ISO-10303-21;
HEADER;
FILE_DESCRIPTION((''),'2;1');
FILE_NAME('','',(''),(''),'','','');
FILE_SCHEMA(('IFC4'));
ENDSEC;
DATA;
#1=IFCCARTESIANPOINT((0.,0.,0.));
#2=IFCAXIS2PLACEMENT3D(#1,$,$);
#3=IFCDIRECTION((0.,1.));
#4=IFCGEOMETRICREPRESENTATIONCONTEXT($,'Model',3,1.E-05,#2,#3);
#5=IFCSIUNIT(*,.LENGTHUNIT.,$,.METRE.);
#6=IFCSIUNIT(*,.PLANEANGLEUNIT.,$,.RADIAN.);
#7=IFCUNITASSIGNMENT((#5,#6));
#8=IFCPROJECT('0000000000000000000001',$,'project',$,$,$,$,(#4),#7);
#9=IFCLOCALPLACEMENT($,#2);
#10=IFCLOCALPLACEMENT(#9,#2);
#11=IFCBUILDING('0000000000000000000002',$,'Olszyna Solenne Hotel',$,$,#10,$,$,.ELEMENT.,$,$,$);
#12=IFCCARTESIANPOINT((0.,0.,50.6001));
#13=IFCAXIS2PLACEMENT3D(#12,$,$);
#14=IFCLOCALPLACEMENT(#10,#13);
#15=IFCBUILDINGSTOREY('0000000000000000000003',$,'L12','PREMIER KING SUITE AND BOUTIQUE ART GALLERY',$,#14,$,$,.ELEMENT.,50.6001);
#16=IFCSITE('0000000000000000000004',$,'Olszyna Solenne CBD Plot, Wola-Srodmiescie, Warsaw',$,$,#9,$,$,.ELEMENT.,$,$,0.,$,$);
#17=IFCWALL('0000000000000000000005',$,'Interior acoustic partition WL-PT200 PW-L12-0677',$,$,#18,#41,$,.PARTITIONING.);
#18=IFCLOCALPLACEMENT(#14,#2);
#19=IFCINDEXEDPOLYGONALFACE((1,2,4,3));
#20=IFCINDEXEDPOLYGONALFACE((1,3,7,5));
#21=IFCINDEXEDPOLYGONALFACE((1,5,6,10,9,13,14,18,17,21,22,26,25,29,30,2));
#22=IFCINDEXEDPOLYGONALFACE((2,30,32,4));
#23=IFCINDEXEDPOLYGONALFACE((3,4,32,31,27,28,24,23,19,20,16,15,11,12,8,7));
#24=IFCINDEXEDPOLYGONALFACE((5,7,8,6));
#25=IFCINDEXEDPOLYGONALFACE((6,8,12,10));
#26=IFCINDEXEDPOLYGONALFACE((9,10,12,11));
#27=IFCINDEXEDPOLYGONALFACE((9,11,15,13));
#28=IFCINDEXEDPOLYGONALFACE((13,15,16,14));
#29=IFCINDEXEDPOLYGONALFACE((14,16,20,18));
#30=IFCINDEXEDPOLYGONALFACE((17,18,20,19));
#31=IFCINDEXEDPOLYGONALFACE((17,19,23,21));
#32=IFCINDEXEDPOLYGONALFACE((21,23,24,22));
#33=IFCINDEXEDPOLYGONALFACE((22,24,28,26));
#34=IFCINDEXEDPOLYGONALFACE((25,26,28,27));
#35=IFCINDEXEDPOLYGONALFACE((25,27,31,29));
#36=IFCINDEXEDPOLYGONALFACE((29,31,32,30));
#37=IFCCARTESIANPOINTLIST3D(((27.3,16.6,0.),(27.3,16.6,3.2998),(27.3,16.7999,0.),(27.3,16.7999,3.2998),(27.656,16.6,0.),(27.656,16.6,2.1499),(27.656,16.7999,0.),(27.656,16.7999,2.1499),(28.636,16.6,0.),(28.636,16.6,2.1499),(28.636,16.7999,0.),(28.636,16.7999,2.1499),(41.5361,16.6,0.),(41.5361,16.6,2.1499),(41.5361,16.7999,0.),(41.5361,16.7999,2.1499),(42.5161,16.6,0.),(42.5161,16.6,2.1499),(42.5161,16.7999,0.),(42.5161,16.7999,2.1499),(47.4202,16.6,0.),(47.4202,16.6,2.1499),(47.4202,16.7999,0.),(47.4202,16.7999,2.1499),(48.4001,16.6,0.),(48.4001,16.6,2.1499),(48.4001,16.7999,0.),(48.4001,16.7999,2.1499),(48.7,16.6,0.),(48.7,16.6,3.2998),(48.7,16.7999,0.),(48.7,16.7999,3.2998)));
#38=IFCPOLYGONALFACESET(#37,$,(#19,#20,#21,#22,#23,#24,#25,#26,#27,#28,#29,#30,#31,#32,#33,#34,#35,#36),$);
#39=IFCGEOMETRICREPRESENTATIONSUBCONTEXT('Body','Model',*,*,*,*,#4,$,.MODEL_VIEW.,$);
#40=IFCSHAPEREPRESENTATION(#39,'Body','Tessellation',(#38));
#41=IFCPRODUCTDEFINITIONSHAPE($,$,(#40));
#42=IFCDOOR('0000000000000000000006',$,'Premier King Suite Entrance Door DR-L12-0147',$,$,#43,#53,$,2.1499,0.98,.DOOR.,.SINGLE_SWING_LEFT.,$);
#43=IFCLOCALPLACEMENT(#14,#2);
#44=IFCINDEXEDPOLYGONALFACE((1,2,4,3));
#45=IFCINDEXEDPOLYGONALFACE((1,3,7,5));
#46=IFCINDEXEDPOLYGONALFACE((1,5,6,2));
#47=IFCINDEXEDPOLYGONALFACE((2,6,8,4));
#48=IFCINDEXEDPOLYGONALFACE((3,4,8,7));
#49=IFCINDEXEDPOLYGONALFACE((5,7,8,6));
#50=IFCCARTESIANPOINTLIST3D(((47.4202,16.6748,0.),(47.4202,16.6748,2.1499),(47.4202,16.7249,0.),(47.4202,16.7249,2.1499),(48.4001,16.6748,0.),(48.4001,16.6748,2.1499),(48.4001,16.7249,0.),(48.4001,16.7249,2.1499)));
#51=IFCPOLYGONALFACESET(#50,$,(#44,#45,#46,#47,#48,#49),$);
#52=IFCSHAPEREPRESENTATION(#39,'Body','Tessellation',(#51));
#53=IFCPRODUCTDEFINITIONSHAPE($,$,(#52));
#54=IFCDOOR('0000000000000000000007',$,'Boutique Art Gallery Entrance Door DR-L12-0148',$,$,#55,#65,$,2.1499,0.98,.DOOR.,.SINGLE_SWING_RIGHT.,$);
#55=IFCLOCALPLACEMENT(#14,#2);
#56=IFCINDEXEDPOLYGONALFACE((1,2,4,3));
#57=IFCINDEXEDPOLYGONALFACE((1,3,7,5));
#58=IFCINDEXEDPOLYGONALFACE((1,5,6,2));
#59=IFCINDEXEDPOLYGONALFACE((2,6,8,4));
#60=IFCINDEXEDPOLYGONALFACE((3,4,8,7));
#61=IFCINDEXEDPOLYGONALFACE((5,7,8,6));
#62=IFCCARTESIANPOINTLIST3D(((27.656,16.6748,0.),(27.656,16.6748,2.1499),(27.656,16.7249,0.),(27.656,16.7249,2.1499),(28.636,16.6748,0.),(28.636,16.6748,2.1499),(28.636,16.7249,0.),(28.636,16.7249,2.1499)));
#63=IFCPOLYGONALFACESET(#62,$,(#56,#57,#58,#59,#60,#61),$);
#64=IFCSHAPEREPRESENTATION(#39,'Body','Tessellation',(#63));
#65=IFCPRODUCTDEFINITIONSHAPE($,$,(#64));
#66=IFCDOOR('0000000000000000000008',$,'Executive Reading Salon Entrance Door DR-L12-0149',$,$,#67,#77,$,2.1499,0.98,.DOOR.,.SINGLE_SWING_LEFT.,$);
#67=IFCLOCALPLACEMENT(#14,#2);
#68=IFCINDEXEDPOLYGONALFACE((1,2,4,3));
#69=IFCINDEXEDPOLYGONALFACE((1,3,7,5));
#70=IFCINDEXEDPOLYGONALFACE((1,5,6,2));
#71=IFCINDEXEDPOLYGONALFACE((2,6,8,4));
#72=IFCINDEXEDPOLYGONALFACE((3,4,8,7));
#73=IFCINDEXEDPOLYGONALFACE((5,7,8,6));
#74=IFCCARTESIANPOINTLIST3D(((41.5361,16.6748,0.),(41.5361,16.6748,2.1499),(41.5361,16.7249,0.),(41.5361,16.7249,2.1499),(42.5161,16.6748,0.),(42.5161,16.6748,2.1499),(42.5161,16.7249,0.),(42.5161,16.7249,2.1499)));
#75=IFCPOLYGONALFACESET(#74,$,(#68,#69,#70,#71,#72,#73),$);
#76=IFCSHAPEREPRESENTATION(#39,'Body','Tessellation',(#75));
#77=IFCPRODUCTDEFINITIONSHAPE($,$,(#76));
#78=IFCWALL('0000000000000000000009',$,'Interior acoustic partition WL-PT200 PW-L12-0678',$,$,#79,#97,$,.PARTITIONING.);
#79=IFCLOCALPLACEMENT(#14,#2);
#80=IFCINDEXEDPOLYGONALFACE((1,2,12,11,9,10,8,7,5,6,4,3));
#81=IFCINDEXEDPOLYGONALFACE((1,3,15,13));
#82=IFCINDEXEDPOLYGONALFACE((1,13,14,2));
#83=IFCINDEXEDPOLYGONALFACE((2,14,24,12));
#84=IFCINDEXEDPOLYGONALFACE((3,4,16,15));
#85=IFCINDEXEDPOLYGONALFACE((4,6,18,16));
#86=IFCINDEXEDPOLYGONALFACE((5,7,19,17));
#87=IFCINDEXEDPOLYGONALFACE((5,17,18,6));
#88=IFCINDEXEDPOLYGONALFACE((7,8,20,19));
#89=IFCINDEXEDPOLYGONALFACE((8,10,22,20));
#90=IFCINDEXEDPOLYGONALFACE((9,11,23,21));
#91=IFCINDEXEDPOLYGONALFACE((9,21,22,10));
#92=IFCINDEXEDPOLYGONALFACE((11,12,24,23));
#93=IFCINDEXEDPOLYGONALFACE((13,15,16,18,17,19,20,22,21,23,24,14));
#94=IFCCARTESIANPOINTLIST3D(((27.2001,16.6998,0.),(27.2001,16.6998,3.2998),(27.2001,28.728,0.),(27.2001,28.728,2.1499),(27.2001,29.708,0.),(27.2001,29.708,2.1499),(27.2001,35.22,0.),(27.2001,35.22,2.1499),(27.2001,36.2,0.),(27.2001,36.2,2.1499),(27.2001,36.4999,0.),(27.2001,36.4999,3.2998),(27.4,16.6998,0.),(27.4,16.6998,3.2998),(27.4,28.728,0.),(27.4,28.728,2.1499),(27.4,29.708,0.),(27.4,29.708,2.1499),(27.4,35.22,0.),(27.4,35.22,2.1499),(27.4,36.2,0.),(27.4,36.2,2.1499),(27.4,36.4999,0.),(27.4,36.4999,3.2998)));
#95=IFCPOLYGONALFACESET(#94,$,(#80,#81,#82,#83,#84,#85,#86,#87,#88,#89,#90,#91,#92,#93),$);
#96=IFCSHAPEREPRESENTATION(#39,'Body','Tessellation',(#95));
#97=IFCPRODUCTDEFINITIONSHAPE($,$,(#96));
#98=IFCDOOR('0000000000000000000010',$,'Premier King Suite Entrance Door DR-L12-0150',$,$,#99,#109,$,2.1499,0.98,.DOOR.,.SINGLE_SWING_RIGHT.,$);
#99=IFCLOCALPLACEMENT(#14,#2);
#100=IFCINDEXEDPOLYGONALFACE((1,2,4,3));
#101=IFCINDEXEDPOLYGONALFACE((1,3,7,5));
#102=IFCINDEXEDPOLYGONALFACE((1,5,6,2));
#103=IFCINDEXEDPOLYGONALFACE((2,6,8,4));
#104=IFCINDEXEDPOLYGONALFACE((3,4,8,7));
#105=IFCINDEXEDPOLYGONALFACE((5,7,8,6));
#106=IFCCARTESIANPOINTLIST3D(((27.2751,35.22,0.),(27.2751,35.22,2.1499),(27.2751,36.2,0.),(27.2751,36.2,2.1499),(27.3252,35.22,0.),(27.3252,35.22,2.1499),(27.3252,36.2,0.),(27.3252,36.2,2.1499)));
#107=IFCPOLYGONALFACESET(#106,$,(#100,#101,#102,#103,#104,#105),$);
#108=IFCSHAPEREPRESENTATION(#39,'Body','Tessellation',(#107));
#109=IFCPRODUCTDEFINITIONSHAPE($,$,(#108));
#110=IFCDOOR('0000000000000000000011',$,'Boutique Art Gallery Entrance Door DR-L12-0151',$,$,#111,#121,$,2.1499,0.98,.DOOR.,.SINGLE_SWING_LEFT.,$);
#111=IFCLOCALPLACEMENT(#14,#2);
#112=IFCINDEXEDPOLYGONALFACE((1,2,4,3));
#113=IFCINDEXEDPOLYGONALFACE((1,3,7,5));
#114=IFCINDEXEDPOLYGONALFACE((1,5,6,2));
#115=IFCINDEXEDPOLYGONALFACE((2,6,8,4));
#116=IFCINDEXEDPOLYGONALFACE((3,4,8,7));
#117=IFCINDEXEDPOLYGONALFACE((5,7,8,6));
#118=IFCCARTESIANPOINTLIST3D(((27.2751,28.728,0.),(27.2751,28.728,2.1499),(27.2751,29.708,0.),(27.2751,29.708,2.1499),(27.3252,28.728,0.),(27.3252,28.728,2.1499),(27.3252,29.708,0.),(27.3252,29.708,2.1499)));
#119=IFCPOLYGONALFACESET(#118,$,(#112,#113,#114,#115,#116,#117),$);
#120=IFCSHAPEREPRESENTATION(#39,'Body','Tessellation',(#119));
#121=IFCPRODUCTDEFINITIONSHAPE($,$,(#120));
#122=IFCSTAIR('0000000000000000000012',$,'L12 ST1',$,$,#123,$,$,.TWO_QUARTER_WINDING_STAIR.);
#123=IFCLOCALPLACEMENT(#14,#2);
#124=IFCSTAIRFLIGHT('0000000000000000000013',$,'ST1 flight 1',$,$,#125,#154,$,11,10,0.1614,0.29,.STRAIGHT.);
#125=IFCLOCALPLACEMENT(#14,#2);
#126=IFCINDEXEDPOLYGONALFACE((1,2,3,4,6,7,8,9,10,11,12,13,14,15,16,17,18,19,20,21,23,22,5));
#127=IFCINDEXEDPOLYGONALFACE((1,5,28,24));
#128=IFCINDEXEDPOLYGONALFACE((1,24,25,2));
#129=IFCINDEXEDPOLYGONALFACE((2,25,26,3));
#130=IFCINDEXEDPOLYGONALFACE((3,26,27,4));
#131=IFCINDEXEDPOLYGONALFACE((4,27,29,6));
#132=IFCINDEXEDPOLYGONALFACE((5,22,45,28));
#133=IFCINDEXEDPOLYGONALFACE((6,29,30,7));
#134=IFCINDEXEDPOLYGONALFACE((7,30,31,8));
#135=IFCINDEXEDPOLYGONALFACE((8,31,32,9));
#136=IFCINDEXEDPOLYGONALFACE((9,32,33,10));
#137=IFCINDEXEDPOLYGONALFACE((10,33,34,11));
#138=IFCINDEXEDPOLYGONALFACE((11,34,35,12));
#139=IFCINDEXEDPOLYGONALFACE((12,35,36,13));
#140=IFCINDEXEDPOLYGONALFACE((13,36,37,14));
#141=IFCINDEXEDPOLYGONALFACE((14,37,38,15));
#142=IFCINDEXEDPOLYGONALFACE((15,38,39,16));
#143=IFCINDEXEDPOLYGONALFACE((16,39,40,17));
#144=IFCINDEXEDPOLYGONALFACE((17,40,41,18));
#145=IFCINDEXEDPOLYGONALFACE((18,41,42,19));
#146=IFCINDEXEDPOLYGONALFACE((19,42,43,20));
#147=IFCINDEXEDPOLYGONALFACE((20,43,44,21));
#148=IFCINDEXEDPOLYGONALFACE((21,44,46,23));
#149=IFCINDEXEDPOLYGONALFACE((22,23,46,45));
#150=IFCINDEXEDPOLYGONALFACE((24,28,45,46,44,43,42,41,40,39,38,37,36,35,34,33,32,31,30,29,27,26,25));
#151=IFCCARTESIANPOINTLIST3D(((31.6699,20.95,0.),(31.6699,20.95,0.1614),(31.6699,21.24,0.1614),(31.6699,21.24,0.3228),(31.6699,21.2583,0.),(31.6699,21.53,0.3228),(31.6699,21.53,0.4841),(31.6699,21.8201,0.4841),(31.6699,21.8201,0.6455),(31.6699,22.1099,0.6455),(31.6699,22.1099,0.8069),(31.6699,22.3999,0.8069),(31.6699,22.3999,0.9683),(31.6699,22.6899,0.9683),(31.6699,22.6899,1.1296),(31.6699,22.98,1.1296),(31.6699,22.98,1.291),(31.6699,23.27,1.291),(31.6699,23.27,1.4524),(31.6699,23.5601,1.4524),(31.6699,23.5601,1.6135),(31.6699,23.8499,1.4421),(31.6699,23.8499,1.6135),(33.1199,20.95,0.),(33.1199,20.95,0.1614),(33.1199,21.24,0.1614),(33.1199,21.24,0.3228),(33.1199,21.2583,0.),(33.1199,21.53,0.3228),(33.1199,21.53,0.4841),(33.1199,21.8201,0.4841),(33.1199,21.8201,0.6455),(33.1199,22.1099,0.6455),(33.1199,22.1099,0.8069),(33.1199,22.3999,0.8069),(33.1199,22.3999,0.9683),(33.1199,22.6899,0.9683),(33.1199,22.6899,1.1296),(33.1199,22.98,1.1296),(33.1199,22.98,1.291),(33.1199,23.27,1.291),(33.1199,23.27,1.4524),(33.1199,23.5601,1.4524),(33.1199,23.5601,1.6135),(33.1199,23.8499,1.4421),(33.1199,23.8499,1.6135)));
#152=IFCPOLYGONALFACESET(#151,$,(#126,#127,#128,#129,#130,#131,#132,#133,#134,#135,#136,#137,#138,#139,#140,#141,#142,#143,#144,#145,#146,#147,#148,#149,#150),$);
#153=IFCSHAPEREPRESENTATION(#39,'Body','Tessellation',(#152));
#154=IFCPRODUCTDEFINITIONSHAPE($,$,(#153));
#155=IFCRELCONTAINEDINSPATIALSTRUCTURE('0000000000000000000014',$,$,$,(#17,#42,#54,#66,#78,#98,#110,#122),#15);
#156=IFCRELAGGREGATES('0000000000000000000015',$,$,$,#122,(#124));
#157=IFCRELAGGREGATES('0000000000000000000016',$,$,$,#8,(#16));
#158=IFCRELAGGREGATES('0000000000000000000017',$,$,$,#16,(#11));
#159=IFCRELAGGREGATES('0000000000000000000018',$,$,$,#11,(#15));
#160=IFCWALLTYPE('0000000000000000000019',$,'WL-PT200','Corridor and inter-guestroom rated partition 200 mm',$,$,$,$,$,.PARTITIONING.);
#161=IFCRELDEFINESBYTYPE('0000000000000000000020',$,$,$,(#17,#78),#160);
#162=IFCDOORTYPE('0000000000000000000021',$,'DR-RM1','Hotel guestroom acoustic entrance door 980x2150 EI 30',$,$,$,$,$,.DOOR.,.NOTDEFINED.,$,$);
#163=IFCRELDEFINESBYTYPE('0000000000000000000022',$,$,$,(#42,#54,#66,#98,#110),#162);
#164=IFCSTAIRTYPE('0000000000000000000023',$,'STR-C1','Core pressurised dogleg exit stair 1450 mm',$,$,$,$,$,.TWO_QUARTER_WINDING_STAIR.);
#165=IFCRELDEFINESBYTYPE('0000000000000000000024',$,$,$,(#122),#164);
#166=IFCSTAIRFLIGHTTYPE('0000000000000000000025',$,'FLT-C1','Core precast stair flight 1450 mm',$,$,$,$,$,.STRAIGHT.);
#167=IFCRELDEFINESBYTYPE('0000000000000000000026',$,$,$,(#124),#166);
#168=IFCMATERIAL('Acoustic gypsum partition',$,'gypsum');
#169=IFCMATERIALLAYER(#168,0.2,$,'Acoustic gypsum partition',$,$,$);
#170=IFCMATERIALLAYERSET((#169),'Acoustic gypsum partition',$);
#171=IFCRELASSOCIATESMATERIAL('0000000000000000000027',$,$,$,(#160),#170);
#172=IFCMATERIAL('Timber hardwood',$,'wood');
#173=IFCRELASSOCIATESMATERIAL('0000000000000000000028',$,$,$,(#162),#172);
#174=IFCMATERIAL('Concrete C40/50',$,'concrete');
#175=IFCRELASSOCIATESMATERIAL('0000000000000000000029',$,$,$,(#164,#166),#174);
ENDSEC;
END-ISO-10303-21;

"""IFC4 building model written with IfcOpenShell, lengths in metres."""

from ifc_helpers import new_model, si_unit, direction, frame, frame_2d, origin, place, context, subcontext, project, spatial, polyline, rectangle, outline, extrude, source, transform, mapped, material, layer, layer_set, type_object, type_shapes, element, fill, aggregate, save


model = new_model("IFC4")

# Units and contexts
model_context = context("Model", 3, precision=1e-05, world=origin(), true_north=direction((0.0, 1.0)))
body_context = subcontext(model_context, "Body", "Model", "MODEL_VIEW")
ifc_project = project(units=[si_unit("LENGTHUNIT", "METRE"), si_unit("PLANEANGLEUNIT", "RADIAN")], contexts=[model_context])

# Site, building, storey
site_placement = place(None, origin())
site = spatial("IfcSite", under=ifc_project, at=site_placement, Name="Olszyna Solenne CBD Plot, Wola-Srodmiescie, Warsaw", CompositionType="ELEMENT", RefElevation=0.0)
building_placement = place(site_placement, origin())
building = spatial("IfcBuilding", under=site, at=building_placement, Name="Olszyna Solenne Hotel", CompositionType="ELEMENT")
storey_placement = place(building_placement, frame((0.0, 0.0, 50.6001)))
storey = spatial("IfcBuildingStorey", under=building, at=storey_placement, Name="L12", Description="PREMIER KING SUITE AND BOUTIQUE ART GALLERY", CompositionType="ELEMENT", Elevation=50.6001)

# Shared definitions
ifc_material_1 = material(Name="Timber hardwood", Category="wood")
ifc_material_2 = material(Name="Acoustic gypsum partition", Category="gypsum")

# Shared definitions
ifc_layer_1 = layer(ifc_material_2, 0.2, Name="Acoustic gypsum partition")
ifc_layer_set_1 = layer_set([ifc_layer_1], Name="Acoustic gypsum partition")
wall_type_1 = type_object("IfcWallType", Name="WL-PT200", Description="Corridor and inter-guestroom rated partition 200 mm", PredefinedType="PARTITIONING", material=ifc_layer_set_1)

# Walls, openings, doors
wall_1_placement = place(storey_placement, frame((27.3, 16.7, 0.0), z_axis=(0.0, 0.0, 1.0), x_axis=(1.0, 0.0, 0.0)))
wall_1 = element("IfcWall", 1, at=wall_1_placement, inside=storey, type_object=wall_type_1, Name="Interior acoustic partition WL-PT200 PW-L12-0677", PredefinedType="PARTITIONING", context=body_context, shape_type="SweptSolid", body=[
    extrude(rectangle(XDim=21.3999, YDim=0.2, at=frame_2d((10.7, 0.0))), origin(), (0.0, 0.0, 1.0), 3.2998),
])
opening_1_placement = place(wall_1_placement, frame((20.1201, 0.0, 0.0)))
opening_1 = element("IfcOpeningElement", 2, at=opening_1_placement, cuts=wall_1, PredefinedType="OPENING", context=body_context, shape_type="SweptSolid", body=[
    extrude(rectangle(XDim=0.98, YDim=2.1499, at=frame_2d((0.49, 1.075))), frame((0.0, 0.1099, 0.0), z_axis=(0.0, -1.0, 0.0), x_axis=(1.0, 0.0, 0.0)), (0.0, 0.0, 1.0), 0.22),
])
opening_2_placement = place(wall_1_placement, frame((0.356, 0.0, 0.0)))
opening_2 = element("IfcOpeningElement", 3, at=opening_2_placement, cuts=wall_1, PredefinedType="OPENING", context=body_context, shape_type="SweptSolid", body=[
    extrude(rectangle(XDim=0.98, YDim=2.1499, at=frame_2d((0.49, 1.075))), frame((0.0, 0.1099, 0.0), z_axis=(0.0, -1.0, 0.0), x_axis=(1.0, 0.0, 0.0)), (0.0, 0.0, 1.0), 0.22),
])
opening_3_placement = place(wall_1_placement, frame((14.2361, 0.0, 0.0)))
opening_3 = element("IfcOpeningElement", 4, at=opening_3_placement, cuts=wall_1, PredefinedType="OPENING", context=body_context, shape_type="SweptSolid", body=[
    extrude(rectangle(XDim=0.98, YDim=2.1499, at=frame_2d((0.49, 1.075))), frame((0.0, 0.1099, 0.0), z_axis=(0.0, -1.0, 0.0), x_axis=(1.0, 0.0, 0.0)), (0.0, 0.0, 1.0), 0.22),
])
door_type_1 = type_object("IfcDoorType", Name="DR-RM1", Description="Hotel guestroom acoustic entrance door 980x2150 EI 30", OperationType="NOTDEFINED", PredefinedType="DOOR", material=ifc_material_1)
shared_shape_1 = source(origin(), body_context, "Body", "SweptSolid", [
    extrude(rectangle(XDim=0.98, YDim=2.1499, at=frame_2d((0.49, 1.075))), frame((0.0, 0.0249, 0.0), z_axis=(0.0, -1.0, 0.0), x_axis=(1.0, 0.0, 0.0)), (0.0, 0.0, 1.0), 0.05),
])
type_shapes(door_type_1, [shared_shape_1])
door_1_placement = place(opening_1_placement, origin())
door_1 = element("IfcDoor", 5, at=door_1_placement, inside=storey, type_object=door_type_1, Name="Premier King Suite Entrance Door DR-L12-0147", OperationType="SINGLE_SWING_LEFT", OverallHeight=2.1499, OverallWidth=0.98, PredefinedType="DOOR", context=body_context, shape_type="MappedRepresentation", body=[
    mapped(shared_shape_1, transform((0.0, 0.0, 0.0), x_axis=(1.0, 0.0, 0.0), y_axis=(0.0, 1.0, 0.0), z_axis=(0.0, 0.0, 1.0), scale=1.0)),
])
fill(opening_1, door_1)
door_2_placement = place(opening_2_placement, origin())
door_2 = element("IfcDoor", 6, at=door_2_placement, inside=storey, type_object=door_type_1, Name="Boutique Art Gallery Entrance Door DR-L12-0148", OperationType="SINGLE_SWING_RIGHT", OverallHeight=2.1499, OverallWidth=0.98, PredefinedType="DOOR", context=body_context, shape_type="MappedRepresentation", body=[
    mapped(shared_shape_1, transform((0.0, 0.0, 0.0), x_axis=(1.0, 0.0, 0.0), y_axis=(0.0, 1.0, 0.0), z_axis=(0.0, 0.0, 1.0), scale=1.0)),
])
fill(opening_2, door_2)
door_3_placement = place(opening_3_placement, origin())
door_3 = element("IfcDoor", 7, at=door_3_placement, inside=storey, type_object=door_type_1, Name="Executive Reading Salon Entrance Door DR-L12-0149", OperationType="SINGLE_SWING_LEFT", OverallHeight=2.1499, OverallWidth=0.98, PredefinedType="DOOR", context=body_context, shape_type="MappedRepresentation", body=[
    mapped(shared_shape_1, transform((0.0, 0.0, 0.0), x_axis=(1.0, 0.0, 0.0), y_axis=(0.0, 1.0, 0.0), z_axis=(0.0, 0.0, 1.0), scale=1.0)),
])
fill(opening_3, door_3)
wall_2_placement = place(storey_placement, frame((27.3, 16.7, 0.0), z_axis=(0.0, 0.0, 1.0), x_axis=(0.0, 1.0, 0.0)))
wall_2 = element("IfcWall", 8, at=wall_2_placement, inside=storey, type_object=wall_type_1, Name="Interior acoustic partition WL-PT200 PW-L12-0678", PredefinedType="PARTITIONING", context=body_context, shape_type="SweptSolid", body=[
    extrude(rectangle(XDim=19.8, YDim=0.2, at=frame_2d((9.8999, 0.0))), origin(), (0.0, 0.0, 1.0), 3.2998),
])
opening_4_placement = place(wall_2_placement, frame((18.52, 0.0, 0.0)))
opening_4 = element("IfcOpeningElement", 9, at=opening_4_placement, cuts=wall_2, PredefinedType="OPENING", context=body_context, shape_type="SweptSolid", body=[
    extrude(rectangle(XDim=0.98, YDim=2.1499, at=frame_2d((0.49, 1.075))), frame((0.0, 0.1099, 0.0), z_axis=(0.0, -1.0, 0.0), x_axis=(1.0, 0.0, 0.0)), (0.0, 0.0, 1.0), 0.22),
])
opening_5_placement = place(wall_2_placement, frame((12.0281, 0.0, 0.0)))
opening_5 = element("IfcOpeningElement", 10, at=opening_5_placement, cuts=wall_2, PredefinedType="OPENING", context=body_context, shape_type="SweptSolid", body=[
    extrude(rectangle(XDim=0.98, YDim=2.1499, at=frame_2d((0.49, 1.075))), frame((0.0, 0.1099, 0.0), z_axis=(0.0, -1.0, 0.0), x_axis=(1.0, 0.0, 0.0)), (0.0, 0.0, 1.0), 0.22),
])
door_4_placement = place(opening_4_placement, origin())
door_4 = element("IfcDoor", 11, at=door_4_placement, inside=storey, type_object=door_type_1, Name="Premier King Suite Entrance Door DR-L12-0150", OperationType="SINGLE_SWING_RIGHT", OverallHeight=2.1499, OverallWidth=0.98, PredefinedType="DOOR", context=body_context, shape_type="MappedRepresentation", body=[
    mapped(shared_shape_1, transform((0.0, 0.0, 0.0), x_axis=(1.0, 0.0, 0.0), y_axis=(0.0, 1.0, 0.0), z_axis=(0.0, 0.0, 1.0), scale=1.0)),
])
fill(opening_4, door_4)
door_5_placement = place(opening_5_placement, origin())
door_5 = element("IfcDoor", 12, at=door_5_placement, inside=storey, type_object=door_type_1, Name="Boutique Art Gallery Entrance Door DR-L12-0151", OperationType="SINGLE_SWING_LEFT", OverallHeight=2.1499, OverallWidth=0.98, PredefinedType="DOOR", context=body_context, shape_type="MappedRepresentation", body=[
    mapped(shared_shape_1, transform((0.0, 0.0, 0.0), x_axis=(1.0, 0.0, 0.0), y_axis=(0.0, 1.0, 0.0), z_axis=(0.0, 0.0, 1.0), scale=1.0)),
])
fill(opening_5, door_5)

# Stair, stair flight
ifc_material_3 = material(Name="Concrete C40/50", Category="concrete")
stair_type = type_object("IfcStairType", Name="STR-C1", Description="Core pressurised dogleg exit stair 1450 mm", PredefinedType="TWO_QUARTER_WINDING_STAIR", material=ifc_material_3)
stair_placement = place(storey_placement, origin())
stair = element("IfcStair", 13, at=stair_placement, inside=storey, type_object=stair_type, Name="L12 ST1", PredefinedType="TWO_QUARTER_WINDING_STAIR")
stair_flight_type = type_object("IfcStairFlightType", Name="FLT-C1", Description="Core precast stair flight 1450 mm", PredefinedType="STRAIGHT", material=ifc_material_3)
stair_flight_1_placement = place(storey_placement, frame((32.395, 20.95, 0.0), z_axis=(0.0, 0.0, 1.0), x_axis=(0.0, 1.0, 0.0)))
stair_flight_1 = element("IfcStairFlight", 14, at=stair_flight_1_placement, type_object=stair_flight_type, Name="ST1 flight 1", NumberOfRisers=11, NumberOfTreads=10, PredefinedType="STRAIGHT", RiserHeight=0.1614, TreadLength=0.29, context=body_context, shape_type="SweptSolid", body=[
    extrude(outline(polyline([(0.0, 0.0), (0.0, 0.1614), (0.29, 0.1614), (0.29, 0.3228), (0.5801, 0.3228), (0.5801, 0.4841), (0.8701, 0.4841), (0.8701, 0.6455), (1.1599, 0.6455), (1.1599, 0.8069), (1.45, 0.8069), (1.45, 0.9683), (1.74, 0.9683), (1.74, 1.1296), (2.03, 1.1296), (2.03, 1.291), (2.3201, 1.291), (2.3201, 1.4524), (2.6101, 1.4524), (2.6101, 1.6135), (2.8999, 1.6135), (2.8999, 1.7749), (2.8999, 1.4421), (0.3083, 0.0), (0.0, 0.0)])), frame((0.0, 0.7251, 0.0), z_axis=(0.0, -1.0, 0.0), x_axis=(1.0, 0.0, 0.0)), (0.0, 0.0, 1.0), 1.45),
])
aggregate(stair, [stair_flight_1])

save(model, "model.ifc")
